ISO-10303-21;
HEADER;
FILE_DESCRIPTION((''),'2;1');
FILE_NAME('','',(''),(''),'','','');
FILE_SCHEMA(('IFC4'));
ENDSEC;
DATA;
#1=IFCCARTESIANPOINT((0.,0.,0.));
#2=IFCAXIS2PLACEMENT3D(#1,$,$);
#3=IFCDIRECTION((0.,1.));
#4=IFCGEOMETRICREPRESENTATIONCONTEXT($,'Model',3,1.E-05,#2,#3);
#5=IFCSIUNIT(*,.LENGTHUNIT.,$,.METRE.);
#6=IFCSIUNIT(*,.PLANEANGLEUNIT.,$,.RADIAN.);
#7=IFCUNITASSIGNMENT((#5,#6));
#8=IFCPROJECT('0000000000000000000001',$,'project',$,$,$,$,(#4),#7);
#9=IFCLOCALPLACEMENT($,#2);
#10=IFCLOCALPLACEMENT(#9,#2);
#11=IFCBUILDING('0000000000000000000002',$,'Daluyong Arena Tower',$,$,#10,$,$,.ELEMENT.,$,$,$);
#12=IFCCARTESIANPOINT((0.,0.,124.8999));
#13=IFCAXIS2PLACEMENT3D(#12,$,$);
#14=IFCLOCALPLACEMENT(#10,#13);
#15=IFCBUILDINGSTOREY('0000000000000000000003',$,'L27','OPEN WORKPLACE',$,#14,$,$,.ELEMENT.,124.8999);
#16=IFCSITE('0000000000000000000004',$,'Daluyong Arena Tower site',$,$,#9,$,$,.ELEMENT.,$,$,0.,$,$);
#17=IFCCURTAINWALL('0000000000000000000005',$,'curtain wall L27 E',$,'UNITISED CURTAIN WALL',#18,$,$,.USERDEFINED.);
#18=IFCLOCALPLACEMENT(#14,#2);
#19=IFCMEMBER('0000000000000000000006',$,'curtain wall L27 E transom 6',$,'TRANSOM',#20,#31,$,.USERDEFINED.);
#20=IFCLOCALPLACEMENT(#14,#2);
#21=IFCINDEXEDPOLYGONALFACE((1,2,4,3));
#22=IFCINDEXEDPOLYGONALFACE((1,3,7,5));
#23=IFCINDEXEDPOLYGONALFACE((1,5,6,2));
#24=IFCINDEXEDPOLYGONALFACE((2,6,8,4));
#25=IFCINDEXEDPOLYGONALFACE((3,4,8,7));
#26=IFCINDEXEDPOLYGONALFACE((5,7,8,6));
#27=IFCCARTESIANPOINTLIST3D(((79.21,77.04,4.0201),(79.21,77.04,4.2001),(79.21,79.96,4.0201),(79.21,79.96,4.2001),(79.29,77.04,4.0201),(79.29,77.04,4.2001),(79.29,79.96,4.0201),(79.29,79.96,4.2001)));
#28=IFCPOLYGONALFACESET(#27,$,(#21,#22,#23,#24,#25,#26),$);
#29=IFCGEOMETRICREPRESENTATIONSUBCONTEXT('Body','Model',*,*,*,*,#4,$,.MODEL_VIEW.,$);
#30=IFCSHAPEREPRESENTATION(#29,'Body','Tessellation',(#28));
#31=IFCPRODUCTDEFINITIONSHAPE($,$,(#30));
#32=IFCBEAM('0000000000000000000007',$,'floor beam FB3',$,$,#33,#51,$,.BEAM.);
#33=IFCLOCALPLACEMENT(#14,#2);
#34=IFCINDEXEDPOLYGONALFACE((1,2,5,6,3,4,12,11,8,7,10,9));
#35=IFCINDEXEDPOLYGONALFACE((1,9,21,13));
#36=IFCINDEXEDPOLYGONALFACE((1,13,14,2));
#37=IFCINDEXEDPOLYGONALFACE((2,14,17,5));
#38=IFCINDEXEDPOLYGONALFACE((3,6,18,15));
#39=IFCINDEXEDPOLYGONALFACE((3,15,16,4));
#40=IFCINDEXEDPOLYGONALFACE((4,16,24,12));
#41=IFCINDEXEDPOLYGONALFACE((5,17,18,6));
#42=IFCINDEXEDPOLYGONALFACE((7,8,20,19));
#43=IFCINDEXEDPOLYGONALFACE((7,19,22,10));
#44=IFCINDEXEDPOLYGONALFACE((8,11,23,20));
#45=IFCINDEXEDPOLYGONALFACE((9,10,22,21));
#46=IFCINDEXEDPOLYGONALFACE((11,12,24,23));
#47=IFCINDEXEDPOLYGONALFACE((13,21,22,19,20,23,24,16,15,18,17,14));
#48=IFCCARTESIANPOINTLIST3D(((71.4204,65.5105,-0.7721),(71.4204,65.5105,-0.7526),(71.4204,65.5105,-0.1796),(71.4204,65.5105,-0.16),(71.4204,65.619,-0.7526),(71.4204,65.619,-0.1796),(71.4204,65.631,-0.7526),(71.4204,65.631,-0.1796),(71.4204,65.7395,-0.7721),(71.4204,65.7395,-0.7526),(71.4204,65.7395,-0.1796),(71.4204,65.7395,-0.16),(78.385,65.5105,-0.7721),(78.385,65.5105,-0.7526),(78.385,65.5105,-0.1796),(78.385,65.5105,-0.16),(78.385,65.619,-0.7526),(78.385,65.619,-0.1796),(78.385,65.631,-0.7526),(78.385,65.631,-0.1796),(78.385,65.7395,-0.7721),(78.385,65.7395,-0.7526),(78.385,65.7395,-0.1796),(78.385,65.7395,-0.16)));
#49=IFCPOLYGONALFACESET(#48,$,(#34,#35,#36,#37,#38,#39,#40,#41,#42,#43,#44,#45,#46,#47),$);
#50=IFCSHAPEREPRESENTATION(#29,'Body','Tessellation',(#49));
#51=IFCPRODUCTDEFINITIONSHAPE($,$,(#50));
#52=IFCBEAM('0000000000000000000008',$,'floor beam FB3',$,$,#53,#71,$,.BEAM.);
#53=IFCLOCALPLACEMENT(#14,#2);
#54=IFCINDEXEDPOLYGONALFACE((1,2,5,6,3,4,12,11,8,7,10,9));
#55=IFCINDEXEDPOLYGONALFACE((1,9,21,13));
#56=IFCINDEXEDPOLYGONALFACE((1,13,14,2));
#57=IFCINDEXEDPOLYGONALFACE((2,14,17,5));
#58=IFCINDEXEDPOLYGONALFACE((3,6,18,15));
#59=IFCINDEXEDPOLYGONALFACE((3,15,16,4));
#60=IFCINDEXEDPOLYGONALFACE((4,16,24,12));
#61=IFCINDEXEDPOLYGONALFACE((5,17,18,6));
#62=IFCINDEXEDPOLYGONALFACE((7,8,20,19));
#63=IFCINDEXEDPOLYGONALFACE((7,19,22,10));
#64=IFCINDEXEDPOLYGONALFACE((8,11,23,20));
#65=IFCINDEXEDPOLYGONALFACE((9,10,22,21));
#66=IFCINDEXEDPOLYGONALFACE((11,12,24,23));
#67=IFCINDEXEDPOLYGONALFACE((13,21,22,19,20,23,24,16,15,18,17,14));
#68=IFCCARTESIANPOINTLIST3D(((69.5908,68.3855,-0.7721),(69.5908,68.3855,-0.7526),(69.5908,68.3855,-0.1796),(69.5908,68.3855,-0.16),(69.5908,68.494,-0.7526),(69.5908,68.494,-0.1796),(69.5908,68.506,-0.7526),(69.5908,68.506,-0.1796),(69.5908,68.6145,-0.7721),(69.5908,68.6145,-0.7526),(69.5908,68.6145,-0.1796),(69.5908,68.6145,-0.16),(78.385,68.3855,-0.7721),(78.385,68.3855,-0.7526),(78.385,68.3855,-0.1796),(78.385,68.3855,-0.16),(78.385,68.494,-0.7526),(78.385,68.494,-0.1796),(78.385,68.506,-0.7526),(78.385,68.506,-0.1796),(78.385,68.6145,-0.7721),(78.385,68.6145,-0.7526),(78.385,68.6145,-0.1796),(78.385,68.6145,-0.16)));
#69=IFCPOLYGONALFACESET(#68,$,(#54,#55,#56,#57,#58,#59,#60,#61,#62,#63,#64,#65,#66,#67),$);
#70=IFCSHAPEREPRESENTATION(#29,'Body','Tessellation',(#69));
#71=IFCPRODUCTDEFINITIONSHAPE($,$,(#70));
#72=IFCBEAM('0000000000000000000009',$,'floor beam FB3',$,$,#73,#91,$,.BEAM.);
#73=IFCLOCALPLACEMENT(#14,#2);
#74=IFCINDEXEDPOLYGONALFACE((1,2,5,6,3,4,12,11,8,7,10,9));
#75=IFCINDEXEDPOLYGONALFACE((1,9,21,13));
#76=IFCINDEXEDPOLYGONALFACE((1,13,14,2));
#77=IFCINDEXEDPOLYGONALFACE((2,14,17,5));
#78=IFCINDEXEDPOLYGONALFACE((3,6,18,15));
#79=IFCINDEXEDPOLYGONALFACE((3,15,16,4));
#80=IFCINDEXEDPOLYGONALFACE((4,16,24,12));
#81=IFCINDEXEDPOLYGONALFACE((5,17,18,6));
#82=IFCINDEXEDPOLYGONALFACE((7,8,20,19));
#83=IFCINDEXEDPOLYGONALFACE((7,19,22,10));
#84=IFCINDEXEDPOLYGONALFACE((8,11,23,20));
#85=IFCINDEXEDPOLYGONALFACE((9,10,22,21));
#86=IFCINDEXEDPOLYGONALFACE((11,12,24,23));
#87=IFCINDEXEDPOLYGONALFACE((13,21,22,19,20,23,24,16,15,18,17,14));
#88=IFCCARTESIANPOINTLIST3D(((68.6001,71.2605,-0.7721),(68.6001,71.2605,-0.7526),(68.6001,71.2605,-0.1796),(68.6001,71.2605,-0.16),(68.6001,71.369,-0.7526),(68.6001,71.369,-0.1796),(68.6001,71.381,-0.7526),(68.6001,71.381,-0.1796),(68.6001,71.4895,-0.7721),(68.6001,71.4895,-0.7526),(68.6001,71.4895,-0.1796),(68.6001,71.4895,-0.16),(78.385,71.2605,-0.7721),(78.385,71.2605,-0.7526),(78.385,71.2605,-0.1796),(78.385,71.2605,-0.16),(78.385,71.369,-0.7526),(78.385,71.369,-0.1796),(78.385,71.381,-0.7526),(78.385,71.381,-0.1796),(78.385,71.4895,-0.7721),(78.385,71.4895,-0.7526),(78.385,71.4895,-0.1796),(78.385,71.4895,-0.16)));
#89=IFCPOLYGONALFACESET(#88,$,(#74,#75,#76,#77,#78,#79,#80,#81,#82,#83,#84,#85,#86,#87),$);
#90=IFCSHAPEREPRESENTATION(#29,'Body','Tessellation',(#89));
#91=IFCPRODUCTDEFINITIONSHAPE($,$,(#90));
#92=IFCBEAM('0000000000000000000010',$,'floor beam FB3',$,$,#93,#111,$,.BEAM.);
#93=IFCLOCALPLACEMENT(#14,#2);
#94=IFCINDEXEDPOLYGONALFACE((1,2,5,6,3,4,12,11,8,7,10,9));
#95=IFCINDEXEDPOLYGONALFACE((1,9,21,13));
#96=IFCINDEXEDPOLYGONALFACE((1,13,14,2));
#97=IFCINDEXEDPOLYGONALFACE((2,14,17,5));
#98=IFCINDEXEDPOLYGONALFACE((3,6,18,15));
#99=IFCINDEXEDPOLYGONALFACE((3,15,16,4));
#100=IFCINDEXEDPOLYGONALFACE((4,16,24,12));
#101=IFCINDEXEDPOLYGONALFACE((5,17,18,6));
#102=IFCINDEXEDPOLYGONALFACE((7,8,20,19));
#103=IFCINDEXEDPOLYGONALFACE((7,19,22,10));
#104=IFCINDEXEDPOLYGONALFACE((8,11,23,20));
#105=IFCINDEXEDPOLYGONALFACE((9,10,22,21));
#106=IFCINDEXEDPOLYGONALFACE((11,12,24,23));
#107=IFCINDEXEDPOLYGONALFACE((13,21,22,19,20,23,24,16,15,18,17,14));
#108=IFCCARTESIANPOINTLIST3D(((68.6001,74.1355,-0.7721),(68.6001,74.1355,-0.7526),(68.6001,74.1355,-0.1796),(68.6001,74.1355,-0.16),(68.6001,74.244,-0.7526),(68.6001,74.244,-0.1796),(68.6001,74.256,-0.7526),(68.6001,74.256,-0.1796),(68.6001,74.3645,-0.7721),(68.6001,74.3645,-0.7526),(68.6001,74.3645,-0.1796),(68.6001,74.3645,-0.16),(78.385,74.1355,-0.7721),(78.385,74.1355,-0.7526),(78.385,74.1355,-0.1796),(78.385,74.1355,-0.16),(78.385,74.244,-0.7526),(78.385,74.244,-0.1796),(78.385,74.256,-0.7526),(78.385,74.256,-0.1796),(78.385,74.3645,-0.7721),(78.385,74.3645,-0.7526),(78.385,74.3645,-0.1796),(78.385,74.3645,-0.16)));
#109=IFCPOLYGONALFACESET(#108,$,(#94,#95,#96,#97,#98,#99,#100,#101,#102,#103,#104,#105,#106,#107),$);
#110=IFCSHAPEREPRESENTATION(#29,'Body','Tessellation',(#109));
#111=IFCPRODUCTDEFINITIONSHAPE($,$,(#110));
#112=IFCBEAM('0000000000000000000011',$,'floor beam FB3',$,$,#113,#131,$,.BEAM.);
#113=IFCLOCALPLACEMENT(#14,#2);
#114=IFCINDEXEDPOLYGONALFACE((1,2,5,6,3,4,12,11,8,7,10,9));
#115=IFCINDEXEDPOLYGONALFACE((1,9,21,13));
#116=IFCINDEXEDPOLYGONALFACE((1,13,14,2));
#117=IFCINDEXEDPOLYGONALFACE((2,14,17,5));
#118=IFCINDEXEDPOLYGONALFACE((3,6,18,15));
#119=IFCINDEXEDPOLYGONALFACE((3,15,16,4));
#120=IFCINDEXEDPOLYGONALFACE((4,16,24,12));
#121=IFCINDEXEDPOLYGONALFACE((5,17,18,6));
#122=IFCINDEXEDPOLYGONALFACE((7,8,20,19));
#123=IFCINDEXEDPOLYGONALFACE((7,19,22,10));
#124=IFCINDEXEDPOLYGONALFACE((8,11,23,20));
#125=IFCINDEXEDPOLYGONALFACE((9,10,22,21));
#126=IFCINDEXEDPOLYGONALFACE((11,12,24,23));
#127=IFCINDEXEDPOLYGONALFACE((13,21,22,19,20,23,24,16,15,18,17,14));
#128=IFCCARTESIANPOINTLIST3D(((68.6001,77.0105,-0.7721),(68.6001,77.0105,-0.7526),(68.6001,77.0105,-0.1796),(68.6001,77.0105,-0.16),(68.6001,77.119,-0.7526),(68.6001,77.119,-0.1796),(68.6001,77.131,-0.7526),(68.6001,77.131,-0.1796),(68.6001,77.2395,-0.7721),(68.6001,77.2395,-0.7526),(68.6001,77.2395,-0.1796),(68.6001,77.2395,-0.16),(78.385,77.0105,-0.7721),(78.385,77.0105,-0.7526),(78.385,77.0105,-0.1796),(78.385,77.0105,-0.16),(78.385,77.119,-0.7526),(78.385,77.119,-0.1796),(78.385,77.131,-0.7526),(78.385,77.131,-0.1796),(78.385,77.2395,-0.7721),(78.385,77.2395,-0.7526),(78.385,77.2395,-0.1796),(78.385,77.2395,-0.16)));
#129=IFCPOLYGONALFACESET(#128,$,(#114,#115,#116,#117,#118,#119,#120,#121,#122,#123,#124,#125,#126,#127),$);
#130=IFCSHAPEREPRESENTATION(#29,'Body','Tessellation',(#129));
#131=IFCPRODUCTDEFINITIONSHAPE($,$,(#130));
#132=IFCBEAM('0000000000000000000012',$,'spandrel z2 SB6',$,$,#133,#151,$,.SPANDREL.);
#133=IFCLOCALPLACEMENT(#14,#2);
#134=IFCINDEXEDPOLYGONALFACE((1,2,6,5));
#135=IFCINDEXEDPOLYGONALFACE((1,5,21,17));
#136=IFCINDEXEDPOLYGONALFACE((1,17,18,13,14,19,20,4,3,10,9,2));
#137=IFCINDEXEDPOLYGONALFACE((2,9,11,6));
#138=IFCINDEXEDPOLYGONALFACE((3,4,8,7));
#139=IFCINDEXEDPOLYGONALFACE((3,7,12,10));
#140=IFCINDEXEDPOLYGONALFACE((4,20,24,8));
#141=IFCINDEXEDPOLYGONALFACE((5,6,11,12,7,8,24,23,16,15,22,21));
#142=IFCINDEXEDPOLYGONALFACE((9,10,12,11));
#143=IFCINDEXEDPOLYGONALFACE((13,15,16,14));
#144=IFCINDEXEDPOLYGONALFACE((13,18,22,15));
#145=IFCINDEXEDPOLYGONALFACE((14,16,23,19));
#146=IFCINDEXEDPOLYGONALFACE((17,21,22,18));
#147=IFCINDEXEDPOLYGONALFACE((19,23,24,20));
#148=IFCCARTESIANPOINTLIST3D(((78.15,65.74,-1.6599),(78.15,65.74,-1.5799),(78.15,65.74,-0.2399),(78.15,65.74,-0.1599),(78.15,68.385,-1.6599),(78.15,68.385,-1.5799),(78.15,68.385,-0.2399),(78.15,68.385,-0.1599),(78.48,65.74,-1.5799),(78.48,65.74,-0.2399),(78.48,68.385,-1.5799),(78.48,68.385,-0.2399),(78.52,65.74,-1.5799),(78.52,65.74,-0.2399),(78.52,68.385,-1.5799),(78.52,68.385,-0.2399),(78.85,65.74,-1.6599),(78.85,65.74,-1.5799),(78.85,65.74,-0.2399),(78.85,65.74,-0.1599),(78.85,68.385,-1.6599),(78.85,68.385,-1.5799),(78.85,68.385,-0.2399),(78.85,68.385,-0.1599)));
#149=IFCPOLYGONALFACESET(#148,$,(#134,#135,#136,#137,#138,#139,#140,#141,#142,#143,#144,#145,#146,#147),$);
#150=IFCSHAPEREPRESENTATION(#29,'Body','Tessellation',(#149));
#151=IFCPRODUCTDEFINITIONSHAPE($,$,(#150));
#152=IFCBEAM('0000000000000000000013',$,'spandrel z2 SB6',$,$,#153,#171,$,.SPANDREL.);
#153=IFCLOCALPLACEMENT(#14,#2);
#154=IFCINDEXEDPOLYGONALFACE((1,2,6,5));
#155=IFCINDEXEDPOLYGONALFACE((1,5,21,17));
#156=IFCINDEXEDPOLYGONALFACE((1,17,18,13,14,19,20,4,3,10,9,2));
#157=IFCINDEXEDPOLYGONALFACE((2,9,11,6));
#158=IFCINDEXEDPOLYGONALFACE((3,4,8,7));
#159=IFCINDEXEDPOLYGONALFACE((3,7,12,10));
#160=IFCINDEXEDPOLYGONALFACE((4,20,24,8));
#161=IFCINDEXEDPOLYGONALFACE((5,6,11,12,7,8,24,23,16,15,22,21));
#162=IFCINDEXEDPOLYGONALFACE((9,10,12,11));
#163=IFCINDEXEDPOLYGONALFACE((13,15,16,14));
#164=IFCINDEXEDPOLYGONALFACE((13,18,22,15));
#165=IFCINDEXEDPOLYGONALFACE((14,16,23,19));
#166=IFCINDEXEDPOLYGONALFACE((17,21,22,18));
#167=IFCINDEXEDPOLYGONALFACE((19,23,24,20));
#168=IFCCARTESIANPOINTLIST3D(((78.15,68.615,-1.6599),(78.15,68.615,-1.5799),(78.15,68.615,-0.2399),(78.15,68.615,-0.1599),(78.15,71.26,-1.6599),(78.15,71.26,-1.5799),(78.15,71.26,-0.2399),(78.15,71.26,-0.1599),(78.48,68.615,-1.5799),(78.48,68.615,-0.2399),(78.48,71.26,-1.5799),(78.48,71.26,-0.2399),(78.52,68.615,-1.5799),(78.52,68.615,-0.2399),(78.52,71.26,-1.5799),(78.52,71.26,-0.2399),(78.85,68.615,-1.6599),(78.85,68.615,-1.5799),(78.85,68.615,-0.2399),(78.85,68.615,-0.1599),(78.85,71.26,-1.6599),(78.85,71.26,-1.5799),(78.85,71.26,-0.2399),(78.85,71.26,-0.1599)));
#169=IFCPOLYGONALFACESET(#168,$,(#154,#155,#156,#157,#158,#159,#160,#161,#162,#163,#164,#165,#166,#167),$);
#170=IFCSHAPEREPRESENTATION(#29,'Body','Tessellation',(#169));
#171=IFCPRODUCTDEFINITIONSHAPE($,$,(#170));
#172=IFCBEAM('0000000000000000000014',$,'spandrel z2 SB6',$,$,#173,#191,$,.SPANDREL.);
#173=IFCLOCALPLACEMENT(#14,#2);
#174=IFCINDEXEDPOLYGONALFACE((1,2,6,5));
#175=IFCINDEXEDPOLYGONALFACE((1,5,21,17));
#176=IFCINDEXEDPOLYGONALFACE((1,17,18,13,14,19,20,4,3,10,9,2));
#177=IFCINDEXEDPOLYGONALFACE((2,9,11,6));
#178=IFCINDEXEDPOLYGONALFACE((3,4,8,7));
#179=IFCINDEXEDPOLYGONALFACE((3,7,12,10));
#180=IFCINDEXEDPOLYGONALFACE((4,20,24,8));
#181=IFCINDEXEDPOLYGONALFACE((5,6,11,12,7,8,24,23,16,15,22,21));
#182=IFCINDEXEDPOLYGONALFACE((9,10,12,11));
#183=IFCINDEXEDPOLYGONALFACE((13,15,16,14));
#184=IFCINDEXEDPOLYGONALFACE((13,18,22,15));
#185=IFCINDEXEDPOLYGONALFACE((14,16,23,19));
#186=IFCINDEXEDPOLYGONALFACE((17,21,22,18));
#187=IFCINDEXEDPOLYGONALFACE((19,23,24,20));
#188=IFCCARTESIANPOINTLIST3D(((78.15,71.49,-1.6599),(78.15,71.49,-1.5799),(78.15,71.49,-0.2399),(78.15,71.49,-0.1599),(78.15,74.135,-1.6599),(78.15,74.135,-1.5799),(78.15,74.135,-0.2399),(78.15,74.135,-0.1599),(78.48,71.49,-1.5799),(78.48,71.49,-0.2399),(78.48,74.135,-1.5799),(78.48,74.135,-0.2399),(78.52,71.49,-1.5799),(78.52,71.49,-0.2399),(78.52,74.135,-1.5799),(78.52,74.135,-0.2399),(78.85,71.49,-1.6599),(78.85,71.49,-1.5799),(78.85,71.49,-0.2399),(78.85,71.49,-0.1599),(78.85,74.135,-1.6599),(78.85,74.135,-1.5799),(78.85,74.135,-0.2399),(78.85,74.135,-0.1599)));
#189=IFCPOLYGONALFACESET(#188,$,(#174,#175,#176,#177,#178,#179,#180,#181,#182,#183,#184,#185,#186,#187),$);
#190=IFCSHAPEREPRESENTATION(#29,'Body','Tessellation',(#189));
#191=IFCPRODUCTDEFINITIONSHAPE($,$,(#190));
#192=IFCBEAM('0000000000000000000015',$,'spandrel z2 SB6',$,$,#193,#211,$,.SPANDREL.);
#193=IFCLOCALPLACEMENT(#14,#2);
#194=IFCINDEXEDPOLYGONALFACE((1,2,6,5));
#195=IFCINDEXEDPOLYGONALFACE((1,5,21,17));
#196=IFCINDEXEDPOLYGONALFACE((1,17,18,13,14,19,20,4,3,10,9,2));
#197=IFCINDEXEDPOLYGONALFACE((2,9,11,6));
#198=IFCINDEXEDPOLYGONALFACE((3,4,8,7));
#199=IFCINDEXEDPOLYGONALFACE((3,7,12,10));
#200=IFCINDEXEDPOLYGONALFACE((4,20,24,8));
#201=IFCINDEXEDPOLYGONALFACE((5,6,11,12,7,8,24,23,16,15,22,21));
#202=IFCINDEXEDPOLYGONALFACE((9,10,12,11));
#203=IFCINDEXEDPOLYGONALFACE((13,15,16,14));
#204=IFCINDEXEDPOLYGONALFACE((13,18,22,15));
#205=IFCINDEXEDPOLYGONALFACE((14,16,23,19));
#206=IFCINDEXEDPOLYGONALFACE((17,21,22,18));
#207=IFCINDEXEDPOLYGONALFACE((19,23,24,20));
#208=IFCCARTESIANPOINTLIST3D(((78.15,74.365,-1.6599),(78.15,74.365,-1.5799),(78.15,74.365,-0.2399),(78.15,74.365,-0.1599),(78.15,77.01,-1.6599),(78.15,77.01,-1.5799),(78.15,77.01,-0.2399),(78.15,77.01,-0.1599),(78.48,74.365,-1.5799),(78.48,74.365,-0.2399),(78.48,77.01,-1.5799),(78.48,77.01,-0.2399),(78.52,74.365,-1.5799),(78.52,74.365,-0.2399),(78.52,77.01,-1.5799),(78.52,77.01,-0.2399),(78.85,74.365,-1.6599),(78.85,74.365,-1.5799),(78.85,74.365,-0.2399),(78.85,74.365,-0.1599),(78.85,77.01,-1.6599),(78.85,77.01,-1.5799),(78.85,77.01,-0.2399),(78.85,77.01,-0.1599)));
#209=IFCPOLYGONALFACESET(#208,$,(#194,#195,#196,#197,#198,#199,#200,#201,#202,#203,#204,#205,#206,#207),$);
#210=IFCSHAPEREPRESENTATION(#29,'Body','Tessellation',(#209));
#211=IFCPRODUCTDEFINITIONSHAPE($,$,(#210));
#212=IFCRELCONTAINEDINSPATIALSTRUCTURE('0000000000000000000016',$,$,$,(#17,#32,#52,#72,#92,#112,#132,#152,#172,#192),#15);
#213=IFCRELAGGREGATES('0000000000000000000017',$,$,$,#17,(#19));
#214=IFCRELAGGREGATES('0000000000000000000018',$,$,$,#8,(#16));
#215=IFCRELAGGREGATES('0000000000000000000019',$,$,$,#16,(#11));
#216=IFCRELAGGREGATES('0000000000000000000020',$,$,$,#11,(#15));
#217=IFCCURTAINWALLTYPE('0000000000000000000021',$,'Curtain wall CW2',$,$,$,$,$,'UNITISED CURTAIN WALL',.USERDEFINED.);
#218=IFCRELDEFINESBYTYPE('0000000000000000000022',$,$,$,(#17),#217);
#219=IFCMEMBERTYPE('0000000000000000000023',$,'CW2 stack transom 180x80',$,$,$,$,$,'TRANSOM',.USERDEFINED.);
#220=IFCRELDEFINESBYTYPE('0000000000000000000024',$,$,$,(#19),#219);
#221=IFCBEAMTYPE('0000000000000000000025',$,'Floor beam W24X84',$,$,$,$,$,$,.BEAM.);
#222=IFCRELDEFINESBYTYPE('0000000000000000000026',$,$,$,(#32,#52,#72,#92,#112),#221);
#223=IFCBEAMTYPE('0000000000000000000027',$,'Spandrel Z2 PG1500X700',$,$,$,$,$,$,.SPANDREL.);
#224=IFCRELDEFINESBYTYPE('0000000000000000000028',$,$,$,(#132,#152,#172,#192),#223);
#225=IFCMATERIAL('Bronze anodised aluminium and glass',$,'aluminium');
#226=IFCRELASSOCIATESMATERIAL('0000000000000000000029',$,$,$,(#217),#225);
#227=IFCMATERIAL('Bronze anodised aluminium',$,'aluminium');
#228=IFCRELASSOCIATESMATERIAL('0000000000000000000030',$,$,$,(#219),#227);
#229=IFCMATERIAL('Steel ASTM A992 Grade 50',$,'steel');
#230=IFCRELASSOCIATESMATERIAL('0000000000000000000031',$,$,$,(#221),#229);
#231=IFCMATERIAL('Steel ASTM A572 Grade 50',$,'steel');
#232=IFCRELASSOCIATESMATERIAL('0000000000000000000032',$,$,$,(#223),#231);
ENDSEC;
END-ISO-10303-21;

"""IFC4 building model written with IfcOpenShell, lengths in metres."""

from ifc_helpers import new_model, si_unit, direction, frame, origin, origin_2d, place, context, subcontext, project, spatial, rectangle, i_section, extrude, material, material_profile, profile_set, type_object, element, aggregate, save


model = new_model("IFC4")

# Units and contexts
model_context = context("Model", 3, precision=1e-05, world=origin(), true_north=direction((0.0, 1.0)))
body_context = subcontext(model_context, "Body", "Model", "MODEL_VIEW")
ifc_project = project(units=[si_unit("LENGTHUNIT", "METRE"), si_unit("PLANEANGLEUNIT", "RADIAN")], contexts=[model_context])

# Site, building, storey
site_placement = place(None, origin())
site = spatial("IfcSite", under=ifc_project, at=site_placement, Name="Daluyong Arena Tower site", CompositionType="ELEMENT", RefElevation=0.0)
building_placement = place(site_placement, origin())
building = spatial("IfcBuilding", under=site, at=building_placement, Name="Daluyong Arena Tower", CompositionType="ELEMENT")
storey_placement = place(building_placement, frame((0.0, 0.0, 124.8999)))
storey = spatial("IfcBuildingStorey", under=building, at=storey_placement, Name="L27", Description="OPEN WORKPLACE", CompositionType="ELEMENT", Elevation=124.8999)

# Curtain wall, member
ifc_material_1 = material(Name="Bronze anodised aluminium and glass", Category="aluminium")
curtain_wall_type = type_object("IfcCurtainWallType", Name="Curtain wall CW2", ElementType="UNITISED CURTAIN WALL", PredefinedType="USERDEFINED", material=ifc_material_1)
curtain_wall_placement = place(storey_placement, origin())
curtain_wall = element("IfcCurtainWall", 1, at=curtain_wall_placement, inside=storey, type_object=curtain_wall_type, Name="curtain wall L27 E", ObjectType="UNITISED CURTAIN WALL", PredefinedType="USERDEFINED")
ifc_material_2 = material(Name="Bronze anodised aluminium", Category="aluminium")
ifc_material_profile_1 = material_profile(ifc_material_2, rectangle(XDim=0.0801, YDim=0.1799, at=origin_2d()))
ifc_profile_set_1 = profile_set([ifc_material_profile_1], Name="Bronze anodised aluminium")
member_type_1 = type_object("IfcMemberType", Name="CW2 stack transom 180x80", ElementType="TRANSOM", PredefinedType="USERDEFINED", material=ifc_profile_set_1)
member_1_placement = place(storey_placement, frame((79.25, 77.04, 4.1101), z_axis=(0.0, 1.0, 0.0), x_axis=(-1.0, 0.0, 0.0)))
member_1 = element("IfcMember", 2, at=member_1_placement, type_object=member_type_1, Name="curtain wall L27 E transom 6", ObjectType="TRANSOM", PredefinedType="USERDEFINED", context=body_context, shape_type="SweptSolid", body=[
    extrude(rectangle(XDim=0.0801, YDim=0.1799, at=origin_2d()), origin(), (0.0, 0.0, 1.0), 2.9199),
])

# Beams
ifc_material_3 = material(Name="Steel ASTM A992 Grade 50", Category="steel")
ifc_material_profile_2 = material_profile(ifc_material_3, i_section(OverallWidth=0.229, OverallDepth=0.6121, WebThickness=0.012, FlangeThickness=0.0195, at=origin_2d()))
ifc_profile_set_2 = profile_set([ifc_material_profile_2], Name="Steel ASTM A992 Grade 50")
beam_type_1 = type_object("IfcBeamType", Name="Floor beam W24X84", PredefinedType="BEAM", material=ifc_profile_set_2)
beam_1_placement = place(storey_placement, frame((78.385, 65.625, -0.4661), z_axis=(-1.0, 0.0, 0.0), x_axis=(0.0, -1.0, 0.0)))
element("IfcBeam", 3, at=beam_1_placement, inside=storey, type_object=beam_type_1, Name="floor beam FB3", PredefinedType="BEAM", context=body_context, shape_type="SweptSolid", body=[
    extrude(i_section(OverallWidth=0.229, OverallDepth=0.6121, WebThickness=0.012, FlangeThickness=0.0195, at=origin_2d()), origin(), (0.0, 0.0, 1.0), 6.9646),
])
beam_2_placement = place(storey_placement, frame((78.385, 68.5, -0.4661), z_axis=(-1.0, 0.0, 0.0), x_axis=(0.0, -1.0, 0.0)))
element("IfcBeam", 4, at=beam_2_placement, inside=storey, type_object=beam_type_1, Name="floor beam FB3", PredefinedType="BEAM", context=body_context, shape_type="SweptSolid", body=[
    extrude(i_section(OverallWidth=0.229, OverallDepth=0.6121, WebThickness=0.012, FlangeThickness=0.0195, at=origin_2d()), origin(), (0.0, 0.0, 1.0), 8.7942),
])
for number, where, z_axis, x_axis, name in (
    (5, (78.385, 71.375, -0.4661), (-1.0, 0.0, 0.0), (0.0, -1.0, 0.0), "floor beam FB3"),
    (6, (78.385, 74.25, -0.4661), (-1.0, 0.0, 0.0), (0.0, -1.0, 0.0), "floor beam FB3"),
    (7, (78.385, 77.125, -0.4661), (-1.0, 0.0, 0.0), (0.0, -1.0, 0.0), "floor beam FB3"),
):
    element("IfcBeam", number, at=place(storey_placement, frame(where, z_axis=z_axis, x_axis=x_axis)), inside=storey, type_object=beam_type_1, Name=name, PredefinedType="BEAM", context=body_context, shape_type="SweptSolid", body=[
        extrude(i_section(OverallWidth=0.229, OverallDepth=0.6121, WebThickness=0.012, FlangeThickness=0.0195, at=origin_2d()), origin(), (0.0, 0.0, 1.0), 9.7849),
    ])
ifc_material_4 = material(Name="Steel ASTM A572 Grade 50", Category="steel")
ifc_material_profile_3 = material_profile(ifc_material_4, i_section(OverallWidth=0.7, OverallDepth=1.5, WebThickness=0.04, FlangeThickness=0.08, at=origin_2d()))
ifc_profile_set_3 = profile_set([ifc_material_profile_3], Name="Steel ASTM A572 Grade 50")
beam_type_2 = type_object("IfcBeamType", Name="Spandrel Z2 PG1500X700", PredefinedType="SPANDREL", material=ifc_profile_set_3)
for number, where, z_axis, x_axis, name in (
    (8, (78.5, 65.74, -0.9099), (0.0, 1.0, 0.0), (-1.0, 0.0, 0.0), "spandrel z2 SB6"),
    (9, (78.5, 68.615, -0.9099), (0.0, 1.0, 0.0), (-1.0, 0.0, 0.0), "spandrel z2 SB6"),
    (10, (78.5, 71.49, -0.9099), (0.0, 1.0, 0.0), (-1.0, 0.0, 0.0), "spandrel z2 SB6"),
    (11, (78.5, 74.365, -0.9099), (0.0, 1.0, 0.0), (-1.0, 0.0, 0.0), "spandrel z2 SB6"),
):
    element("IfcBeam", number, at=place(storey_placement, frame(where, z_axis=z_axis, x_axis=x_axis)), inside=storey, type_object=beam_type_2, Name=name, PredefinedType="SPANDREL", context=body_context, shape_type="SweptSolid", body=[
        extrude(i_section(OverallWidth=0.7, OverallDepth=1.5, WebThickness=0.04, FlangeThickness=0.08, at=origin_2d()), origin(), (0.0, 0.0, 1.0), 2.645),
    ])

aggregate(curtain_wall, [member_1])

save(model, "model.ifc")
